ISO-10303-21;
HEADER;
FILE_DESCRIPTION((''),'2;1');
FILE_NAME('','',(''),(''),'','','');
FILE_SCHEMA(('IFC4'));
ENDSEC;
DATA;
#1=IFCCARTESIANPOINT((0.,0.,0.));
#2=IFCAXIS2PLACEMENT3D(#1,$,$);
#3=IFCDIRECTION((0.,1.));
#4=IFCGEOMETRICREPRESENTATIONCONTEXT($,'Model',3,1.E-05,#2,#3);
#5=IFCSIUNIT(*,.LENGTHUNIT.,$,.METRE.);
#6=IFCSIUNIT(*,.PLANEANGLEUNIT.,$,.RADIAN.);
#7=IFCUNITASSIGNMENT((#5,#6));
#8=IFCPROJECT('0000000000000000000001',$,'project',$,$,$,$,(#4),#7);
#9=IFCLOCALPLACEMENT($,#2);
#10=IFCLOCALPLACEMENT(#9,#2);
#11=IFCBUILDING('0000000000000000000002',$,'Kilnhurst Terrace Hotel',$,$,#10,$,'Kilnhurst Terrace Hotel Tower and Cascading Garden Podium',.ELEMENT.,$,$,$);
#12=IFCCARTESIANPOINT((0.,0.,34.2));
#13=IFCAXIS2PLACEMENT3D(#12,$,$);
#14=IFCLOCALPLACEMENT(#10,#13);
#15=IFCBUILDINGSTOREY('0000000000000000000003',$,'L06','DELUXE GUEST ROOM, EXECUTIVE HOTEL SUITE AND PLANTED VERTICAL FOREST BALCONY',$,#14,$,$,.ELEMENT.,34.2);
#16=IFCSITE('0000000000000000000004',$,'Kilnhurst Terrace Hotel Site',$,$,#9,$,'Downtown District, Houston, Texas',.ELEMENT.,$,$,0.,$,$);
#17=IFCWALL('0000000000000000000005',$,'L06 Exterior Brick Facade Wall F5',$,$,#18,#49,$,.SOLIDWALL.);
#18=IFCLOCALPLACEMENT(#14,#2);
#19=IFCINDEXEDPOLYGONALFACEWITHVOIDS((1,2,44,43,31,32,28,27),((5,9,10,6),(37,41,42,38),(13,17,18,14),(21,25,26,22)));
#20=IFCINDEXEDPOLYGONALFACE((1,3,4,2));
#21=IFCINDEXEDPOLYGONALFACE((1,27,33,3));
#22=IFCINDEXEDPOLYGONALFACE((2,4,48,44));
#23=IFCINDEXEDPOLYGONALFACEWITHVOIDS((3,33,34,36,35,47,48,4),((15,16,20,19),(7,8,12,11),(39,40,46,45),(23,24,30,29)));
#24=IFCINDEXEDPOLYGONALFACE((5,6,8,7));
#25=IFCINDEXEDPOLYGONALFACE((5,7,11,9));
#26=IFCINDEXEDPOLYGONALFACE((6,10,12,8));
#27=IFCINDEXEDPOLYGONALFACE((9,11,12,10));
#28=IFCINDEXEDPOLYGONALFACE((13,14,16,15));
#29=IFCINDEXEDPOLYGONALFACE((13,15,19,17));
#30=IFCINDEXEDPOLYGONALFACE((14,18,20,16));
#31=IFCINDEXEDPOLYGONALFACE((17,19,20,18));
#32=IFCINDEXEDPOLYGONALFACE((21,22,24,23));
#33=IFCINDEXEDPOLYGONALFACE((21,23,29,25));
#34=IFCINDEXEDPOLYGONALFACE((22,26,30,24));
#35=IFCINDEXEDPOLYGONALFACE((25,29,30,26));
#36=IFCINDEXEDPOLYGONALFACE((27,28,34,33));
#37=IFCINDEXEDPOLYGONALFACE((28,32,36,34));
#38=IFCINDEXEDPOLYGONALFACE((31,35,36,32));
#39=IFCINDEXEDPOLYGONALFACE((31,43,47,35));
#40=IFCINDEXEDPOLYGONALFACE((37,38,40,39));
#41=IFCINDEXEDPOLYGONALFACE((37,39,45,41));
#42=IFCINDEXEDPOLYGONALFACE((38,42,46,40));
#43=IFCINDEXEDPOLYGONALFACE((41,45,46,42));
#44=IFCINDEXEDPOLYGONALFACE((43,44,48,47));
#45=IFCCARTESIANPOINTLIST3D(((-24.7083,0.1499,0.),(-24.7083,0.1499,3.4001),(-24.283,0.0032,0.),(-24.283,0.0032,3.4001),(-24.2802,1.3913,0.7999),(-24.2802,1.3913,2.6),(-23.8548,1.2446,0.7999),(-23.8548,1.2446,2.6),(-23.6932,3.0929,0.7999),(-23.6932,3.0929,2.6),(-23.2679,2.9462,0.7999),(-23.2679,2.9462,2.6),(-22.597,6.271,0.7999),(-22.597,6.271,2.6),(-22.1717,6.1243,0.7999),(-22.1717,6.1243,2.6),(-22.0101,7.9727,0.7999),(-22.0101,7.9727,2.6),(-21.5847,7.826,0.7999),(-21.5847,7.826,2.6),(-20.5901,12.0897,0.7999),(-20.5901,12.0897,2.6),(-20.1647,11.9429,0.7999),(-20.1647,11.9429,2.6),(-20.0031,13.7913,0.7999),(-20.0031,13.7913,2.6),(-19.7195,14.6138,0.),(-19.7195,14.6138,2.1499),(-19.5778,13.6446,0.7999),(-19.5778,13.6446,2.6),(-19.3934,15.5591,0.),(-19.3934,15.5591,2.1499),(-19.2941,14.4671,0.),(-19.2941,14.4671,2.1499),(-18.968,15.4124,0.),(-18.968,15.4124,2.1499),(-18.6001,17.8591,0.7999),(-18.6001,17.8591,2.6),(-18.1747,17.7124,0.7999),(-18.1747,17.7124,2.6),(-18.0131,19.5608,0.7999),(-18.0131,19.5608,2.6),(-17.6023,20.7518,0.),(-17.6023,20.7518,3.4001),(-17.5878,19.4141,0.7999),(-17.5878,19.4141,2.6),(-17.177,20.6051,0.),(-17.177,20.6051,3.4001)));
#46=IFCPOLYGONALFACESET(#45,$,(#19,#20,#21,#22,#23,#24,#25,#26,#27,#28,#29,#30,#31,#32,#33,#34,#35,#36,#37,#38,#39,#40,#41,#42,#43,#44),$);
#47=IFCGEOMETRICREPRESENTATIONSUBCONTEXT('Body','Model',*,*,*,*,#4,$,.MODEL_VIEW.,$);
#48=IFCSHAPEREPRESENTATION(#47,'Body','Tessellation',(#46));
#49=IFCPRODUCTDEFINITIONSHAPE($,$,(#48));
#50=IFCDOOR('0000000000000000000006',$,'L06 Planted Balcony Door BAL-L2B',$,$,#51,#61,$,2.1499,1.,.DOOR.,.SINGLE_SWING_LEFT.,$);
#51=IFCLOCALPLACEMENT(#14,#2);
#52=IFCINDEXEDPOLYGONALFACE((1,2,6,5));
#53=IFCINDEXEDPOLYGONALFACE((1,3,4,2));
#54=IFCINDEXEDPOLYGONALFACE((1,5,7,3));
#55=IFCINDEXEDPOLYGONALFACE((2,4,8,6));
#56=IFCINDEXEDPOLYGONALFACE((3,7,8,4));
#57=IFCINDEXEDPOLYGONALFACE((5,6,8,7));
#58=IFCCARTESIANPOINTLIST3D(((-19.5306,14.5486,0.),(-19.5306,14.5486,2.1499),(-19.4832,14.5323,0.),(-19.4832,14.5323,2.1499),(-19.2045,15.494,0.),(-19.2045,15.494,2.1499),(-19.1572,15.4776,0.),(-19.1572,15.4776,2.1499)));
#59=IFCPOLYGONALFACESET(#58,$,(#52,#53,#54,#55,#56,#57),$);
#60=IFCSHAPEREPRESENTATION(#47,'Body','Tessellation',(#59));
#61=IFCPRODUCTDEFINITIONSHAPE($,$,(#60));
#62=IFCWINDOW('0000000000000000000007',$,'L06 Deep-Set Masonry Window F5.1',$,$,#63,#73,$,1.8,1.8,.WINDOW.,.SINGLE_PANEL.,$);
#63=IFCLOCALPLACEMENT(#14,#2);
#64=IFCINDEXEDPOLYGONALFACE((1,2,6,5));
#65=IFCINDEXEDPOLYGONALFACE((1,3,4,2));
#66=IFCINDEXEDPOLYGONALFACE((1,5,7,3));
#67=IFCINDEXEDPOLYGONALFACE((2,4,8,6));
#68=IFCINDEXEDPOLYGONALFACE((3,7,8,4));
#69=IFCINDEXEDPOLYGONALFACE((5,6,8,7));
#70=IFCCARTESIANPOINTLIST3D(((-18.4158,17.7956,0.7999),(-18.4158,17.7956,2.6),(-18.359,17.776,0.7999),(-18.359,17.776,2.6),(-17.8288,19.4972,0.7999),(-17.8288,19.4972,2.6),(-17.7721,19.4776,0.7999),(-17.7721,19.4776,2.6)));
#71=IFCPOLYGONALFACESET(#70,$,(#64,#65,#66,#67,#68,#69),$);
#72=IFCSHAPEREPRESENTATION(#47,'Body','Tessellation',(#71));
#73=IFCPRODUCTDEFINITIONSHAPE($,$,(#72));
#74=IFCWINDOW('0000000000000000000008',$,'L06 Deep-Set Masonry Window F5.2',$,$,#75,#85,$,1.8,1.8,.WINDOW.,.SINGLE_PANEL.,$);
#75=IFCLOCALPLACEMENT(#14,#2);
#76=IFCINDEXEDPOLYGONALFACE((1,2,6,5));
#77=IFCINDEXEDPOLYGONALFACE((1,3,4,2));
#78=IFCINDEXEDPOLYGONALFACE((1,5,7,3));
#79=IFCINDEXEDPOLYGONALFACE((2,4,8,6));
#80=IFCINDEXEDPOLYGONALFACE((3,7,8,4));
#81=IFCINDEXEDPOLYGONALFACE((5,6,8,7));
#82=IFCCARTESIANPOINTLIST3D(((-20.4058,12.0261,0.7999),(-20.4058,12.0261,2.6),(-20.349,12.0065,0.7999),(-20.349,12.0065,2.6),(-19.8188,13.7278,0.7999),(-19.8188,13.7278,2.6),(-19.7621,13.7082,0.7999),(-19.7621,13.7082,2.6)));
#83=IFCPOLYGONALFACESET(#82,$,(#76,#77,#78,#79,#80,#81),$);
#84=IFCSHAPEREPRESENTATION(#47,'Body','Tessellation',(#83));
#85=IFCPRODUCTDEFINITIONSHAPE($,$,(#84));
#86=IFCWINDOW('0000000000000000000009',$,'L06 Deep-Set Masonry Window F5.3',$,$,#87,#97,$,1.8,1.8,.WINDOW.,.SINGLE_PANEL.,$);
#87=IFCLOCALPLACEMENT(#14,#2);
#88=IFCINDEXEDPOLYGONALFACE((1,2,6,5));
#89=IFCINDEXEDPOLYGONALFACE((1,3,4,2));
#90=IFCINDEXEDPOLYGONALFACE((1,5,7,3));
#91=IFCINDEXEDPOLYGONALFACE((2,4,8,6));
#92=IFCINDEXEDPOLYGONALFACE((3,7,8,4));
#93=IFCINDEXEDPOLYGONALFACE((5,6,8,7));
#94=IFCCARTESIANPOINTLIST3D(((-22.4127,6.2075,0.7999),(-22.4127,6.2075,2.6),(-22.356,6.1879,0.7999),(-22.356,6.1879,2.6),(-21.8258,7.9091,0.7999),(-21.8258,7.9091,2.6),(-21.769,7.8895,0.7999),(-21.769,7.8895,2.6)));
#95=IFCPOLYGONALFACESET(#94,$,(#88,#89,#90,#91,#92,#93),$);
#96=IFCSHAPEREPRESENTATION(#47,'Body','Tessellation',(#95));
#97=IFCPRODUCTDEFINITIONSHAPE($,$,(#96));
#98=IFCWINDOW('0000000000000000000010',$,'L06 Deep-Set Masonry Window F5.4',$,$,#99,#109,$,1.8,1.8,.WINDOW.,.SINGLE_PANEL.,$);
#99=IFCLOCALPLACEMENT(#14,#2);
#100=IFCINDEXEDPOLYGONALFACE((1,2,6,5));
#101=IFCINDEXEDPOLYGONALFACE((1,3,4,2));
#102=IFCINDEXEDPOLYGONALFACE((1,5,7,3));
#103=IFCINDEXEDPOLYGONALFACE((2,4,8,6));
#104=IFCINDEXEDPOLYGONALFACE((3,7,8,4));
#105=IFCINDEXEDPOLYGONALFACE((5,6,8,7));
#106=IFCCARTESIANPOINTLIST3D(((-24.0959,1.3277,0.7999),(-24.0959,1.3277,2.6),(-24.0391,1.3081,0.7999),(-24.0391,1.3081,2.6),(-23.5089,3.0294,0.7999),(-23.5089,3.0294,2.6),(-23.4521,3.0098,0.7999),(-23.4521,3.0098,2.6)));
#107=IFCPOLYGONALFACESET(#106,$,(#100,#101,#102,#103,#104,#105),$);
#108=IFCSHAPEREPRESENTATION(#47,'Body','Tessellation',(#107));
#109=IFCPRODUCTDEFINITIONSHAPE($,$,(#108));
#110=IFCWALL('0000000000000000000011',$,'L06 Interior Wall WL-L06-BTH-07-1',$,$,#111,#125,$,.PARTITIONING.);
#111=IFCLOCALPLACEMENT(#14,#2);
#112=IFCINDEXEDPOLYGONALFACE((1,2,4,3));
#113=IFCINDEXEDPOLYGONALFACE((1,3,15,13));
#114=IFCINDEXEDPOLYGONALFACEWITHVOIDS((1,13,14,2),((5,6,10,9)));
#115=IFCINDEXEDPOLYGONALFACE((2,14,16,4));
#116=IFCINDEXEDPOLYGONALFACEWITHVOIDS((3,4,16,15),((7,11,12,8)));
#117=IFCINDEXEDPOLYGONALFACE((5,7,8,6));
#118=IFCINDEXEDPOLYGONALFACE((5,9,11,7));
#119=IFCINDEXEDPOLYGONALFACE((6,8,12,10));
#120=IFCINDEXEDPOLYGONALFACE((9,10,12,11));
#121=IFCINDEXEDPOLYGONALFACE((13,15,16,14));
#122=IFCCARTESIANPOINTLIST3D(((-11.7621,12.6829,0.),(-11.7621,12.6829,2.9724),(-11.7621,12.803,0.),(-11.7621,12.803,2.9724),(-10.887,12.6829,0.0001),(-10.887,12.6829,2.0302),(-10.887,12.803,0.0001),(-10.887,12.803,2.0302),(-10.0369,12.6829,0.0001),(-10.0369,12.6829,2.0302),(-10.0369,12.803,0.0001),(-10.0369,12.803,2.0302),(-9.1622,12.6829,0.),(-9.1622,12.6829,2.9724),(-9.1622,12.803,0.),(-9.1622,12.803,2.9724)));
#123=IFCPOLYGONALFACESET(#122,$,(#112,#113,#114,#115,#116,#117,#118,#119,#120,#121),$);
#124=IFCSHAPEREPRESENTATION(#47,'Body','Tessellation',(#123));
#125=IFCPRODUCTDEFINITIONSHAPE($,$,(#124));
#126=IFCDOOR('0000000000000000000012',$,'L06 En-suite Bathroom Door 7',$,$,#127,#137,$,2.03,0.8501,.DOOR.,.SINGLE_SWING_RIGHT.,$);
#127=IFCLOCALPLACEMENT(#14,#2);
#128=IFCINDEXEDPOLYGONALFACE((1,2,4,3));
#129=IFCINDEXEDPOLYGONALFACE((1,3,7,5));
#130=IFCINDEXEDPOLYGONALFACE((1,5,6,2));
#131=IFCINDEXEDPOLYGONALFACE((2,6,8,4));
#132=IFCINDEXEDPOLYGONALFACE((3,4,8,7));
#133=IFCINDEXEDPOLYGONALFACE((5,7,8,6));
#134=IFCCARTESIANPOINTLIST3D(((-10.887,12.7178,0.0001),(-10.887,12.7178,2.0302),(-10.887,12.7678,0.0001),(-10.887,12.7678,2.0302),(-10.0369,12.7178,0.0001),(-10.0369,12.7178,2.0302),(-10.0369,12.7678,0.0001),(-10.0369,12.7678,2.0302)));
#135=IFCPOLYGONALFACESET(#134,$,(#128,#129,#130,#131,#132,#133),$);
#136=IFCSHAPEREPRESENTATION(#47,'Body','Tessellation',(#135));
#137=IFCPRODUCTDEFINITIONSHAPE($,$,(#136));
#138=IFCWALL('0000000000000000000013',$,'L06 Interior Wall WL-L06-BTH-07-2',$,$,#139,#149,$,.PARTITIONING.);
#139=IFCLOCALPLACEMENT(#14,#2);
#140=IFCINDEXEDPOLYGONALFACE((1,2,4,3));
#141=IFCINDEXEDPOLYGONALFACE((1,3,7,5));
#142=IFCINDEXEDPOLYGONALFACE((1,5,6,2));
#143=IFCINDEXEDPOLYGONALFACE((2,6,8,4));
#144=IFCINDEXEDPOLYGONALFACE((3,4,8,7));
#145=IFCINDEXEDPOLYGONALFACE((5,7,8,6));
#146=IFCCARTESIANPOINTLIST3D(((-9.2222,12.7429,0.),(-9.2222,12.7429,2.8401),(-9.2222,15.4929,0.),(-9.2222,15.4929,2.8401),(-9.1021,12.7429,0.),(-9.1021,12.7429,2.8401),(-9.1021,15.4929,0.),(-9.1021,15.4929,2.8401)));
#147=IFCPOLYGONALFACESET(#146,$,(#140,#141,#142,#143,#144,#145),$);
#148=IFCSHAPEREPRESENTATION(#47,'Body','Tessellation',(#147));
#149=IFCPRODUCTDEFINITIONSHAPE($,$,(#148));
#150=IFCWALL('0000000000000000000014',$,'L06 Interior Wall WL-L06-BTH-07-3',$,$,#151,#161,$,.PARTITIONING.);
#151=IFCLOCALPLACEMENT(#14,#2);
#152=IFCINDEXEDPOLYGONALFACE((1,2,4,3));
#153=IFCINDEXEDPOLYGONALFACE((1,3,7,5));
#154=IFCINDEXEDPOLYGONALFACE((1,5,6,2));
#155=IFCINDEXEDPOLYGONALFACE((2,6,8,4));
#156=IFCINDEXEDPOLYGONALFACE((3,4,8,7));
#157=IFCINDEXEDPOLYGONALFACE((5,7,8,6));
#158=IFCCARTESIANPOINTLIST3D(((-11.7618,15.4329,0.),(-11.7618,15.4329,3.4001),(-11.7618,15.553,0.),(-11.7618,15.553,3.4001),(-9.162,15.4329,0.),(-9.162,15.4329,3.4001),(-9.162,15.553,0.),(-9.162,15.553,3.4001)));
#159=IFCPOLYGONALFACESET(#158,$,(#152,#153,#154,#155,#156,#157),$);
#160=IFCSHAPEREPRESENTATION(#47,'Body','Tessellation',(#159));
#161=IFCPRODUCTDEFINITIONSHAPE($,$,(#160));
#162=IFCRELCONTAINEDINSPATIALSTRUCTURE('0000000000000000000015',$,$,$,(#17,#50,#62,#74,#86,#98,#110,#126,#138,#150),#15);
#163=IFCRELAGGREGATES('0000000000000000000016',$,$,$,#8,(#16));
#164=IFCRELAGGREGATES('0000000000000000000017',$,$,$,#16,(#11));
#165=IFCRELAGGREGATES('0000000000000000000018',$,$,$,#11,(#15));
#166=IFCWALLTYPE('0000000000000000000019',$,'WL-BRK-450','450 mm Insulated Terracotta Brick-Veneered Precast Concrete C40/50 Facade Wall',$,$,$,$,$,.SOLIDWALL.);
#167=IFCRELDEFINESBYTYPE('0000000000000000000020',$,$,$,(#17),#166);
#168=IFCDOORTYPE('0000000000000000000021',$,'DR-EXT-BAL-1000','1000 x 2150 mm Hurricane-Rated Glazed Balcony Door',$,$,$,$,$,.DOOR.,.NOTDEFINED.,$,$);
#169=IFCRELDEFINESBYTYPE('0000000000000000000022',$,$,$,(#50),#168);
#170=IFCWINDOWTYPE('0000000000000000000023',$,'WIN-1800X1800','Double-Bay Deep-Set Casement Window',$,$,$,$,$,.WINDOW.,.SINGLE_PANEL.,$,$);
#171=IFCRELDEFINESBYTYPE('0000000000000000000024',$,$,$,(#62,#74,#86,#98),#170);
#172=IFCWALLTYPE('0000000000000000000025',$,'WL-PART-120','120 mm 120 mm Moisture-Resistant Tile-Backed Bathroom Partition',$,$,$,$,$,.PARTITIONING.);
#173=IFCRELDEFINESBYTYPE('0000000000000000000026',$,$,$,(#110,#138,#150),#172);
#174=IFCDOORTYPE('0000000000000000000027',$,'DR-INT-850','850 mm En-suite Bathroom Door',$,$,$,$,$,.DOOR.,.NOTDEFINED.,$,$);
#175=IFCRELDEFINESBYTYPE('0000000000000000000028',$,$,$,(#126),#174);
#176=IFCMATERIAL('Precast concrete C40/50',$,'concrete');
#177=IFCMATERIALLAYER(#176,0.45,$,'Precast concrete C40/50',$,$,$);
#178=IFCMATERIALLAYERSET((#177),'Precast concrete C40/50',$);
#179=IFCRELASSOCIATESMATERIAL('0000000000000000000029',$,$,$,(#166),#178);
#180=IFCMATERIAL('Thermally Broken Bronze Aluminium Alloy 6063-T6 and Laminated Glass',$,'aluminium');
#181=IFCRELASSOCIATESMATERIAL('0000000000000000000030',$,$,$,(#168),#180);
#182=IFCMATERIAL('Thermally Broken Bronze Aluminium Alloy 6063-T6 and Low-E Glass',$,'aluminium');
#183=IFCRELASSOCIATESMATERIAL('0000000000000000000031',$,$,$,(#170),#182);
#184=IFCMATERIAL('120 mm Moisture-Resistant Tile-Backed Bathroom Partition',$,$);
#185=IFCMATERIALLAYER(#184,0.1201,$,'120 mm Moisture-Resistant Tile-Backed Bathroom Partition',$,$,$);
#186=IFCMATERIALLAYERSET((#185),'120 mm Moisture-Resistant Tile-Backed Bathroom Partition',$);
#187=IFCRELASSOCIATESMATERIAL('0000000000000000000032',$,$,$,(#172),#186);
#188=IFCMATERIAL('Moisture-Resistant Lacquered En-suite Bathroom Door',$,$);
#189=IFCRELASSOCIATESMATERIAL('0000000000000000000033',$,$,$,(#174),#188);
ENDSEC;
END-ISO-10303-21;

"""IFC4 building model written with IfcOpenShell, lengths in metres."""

from ifc_helpers import new_model, si_unit, direction, frame, frame_2d, origin, place, context, subcontext, project, spatial, rectangle, extrude, material, layer, layer_set, type_object, element, fill, save


model = new_model("IFC4")

# Units and contexts
model_context = context("Model", 3, precision=1e-05, world=origin(), true_north=direction((0.0, 1.0)))
body_context = subcontext(model_context, "Body", "Model", "MODEL_VIEW")
ifc_project = project(units=[si_unit("LENGTHUNIT", "METRE"), si_unit("PLANEANGLEUNIT", "RADIAN")], contexts=[model_context])

# Site, building, storey
site_placement = place(None, origin())
site = spatial("IfcSite", under=ifc_project, at=site_placement, Name="Kilnhurst Terrace Hotel Site", LongName="Downtown District, Houston, Texas", CompositionType="ELEMENT", RefElevation=0.0)
building_placement = place(site_placement, origin())
building = spatial("IfcBuilding", under=site, at=building_placement, Name="Kilnhurst Terrace Hotel", LongName="Kilnhurst Terrace Hotel Tower and Cascading Garden Podium", CompositionType="ELEMENT")
storey_placement = place(building_placement, frame((0.0, 0.0, 34.2)))
storey = spatial("IfcBuildingStorey", under=building, at=storey_placement, Name="L06", Description="DELUXE GUEST ROOM, EXECUTIVE HOTEL SUITE AND PLANTED VERTICAL FOREST BALCONY", CompositionType="ELEMENT", Elevation=34.2)

# Shared definitions
ifc_material_1 = material(Name="Precast concrete C40/50", Category="concrete")
ifc_layer_1 = layer(ifc_material_1, 0.45, Name="Precast concrete C40/50")
ifc_layer_set_1 = layer_set([ifc_layer_1], Name="Precast concrete C40/50")
wall_type_1 = type_object("IfcWallType", Name="WL-BRK-450", Description="450 mm Insulated Terracotta Brick-Veneered Precast Concrete C40/50 Facade Wall", PredefinedType="SOLIDWALL", material=ifc_layer_set_1)

# Wall, openings, door, windows
wall_1_placement = place(storey_placement, frame((-17.3896, 20.6785, 0.0), z_axis=(0.0, 0.0, 1.0), x_axis=(-0.326068, -0.945346, 0.0)))
wall_1 = element("IfcWall", 1, at=wall_1_placement, inside=storey, type_object=wall_type_1, Name="L06 Exterior Brick Facade Wall F5", PredefinedType="SOLIDWALL", context=body_context, shape_type="SweptSolid", body=[
    extrude(rectangle(XDim=21.793, YDim=0.45, at=frame_2d((10.8965, 0.0))), origin(), (0.0, 0.0, 1.0), 3.4001),
])
opening_1_placement = place(wall_1_placement, frame((5.4929, 0.0, 0.0)))
opening_1 = element("IfcOpeningElement", 2, at=opening_1_placement, cuts=wall_1, PredefinedType="OPENING", context=body_context, shape_type="SweptSolid", body=[
    extrude(rectangle(XDim=1.0, YDim=2.1499, at=frame_2d((0.5, 1.075))), frame((0.0, 0.2349, 0.0), z_axis=(0.0, -1.0, 0.0), x_axis=(1.0, 0.0, 0.0)), (0.0, 0.0, 1.0), 0.47),
])
opening_2_placement = place(wall_1_placement, frame((1.26, 0.0, 0.8)))
opening_2 = element("IfcOpeningElement", 3, at=opening_2_placement, cuts=wall_1, PredefinedType="OPENING", context=body_context, shape_type="SweptSolid", body=[
    extrude(rectangle(XDim=1.8, YDim=1.8, at=frame_2d((0.8999, 0.8999))), frame((0.0, 0.2349, 0.0), z_axis=(0.0, -1.0, 0.0), x_axis=(1.0, 0.0, 0.0)), (0.0, 0.0, 1.0), 0.47),
])
opening_3_placement = place(wall_1_placement, frame((7.363, 0.0, 0.8)))
opening_3 = element("IfcOpeningElement", 4, at=opening_3_placement, cuts=wall_1, PredefinedType="OPENING", context=body_context, shape_type="SweptSolid", body=[
    extrude(rectangle(XDim=1.8, YDim=1.8, at=frame_2d((0.8999, 0.8999))), frame((0.0, 0.2349, 0.0), z_axis=(0.0, -1.0, 0.0), x_axis=(1.0, 0.0, 0.0)), (0.0, 0.0, 1.0), 0.47),
])
opening_4_placement = place(wall_1_placement, frame((13.5181, 0.0, 0.8)))
opening_4 = element("IfcOpeningElement", 5, at=opening_4_placement, cuts=wall_1, PredefinedType="OPENING", context=body_context, shape_type="SweptSolid", body=[
    extrude(rectangle(XDim=1.8, YDim=1.8, at=frame_2d((0.8999, 0.8999))), frame((0.0, 0.2349, 0.0), z_axis=(0.0, -1.0, 0.0), x_axis=(1.0, 0.0, 0.0)), (0.0, 0.0, 1.0), 0.47),
])
opening_5_placement = place(wall_1_placement, frame((18.6799, 0.0, 0.8)))
opening_5 = element("IfcOpeningElement", 6, at=opening_5_placement, cuts=wall_1, PredefinedType="OPENING", context=body_context, shape_type="SweptSolid", body=[
    extrude(rectangle(XDim=1.8, YDim=1.8, at=frame_2d((0.8999, 0.8999))), frame((0.0, 0.2349, 0.0), z_axis=(0.0, -1.0, 0.0), x_axis=(1.0, 0.0, 0.0)), (0.0, 0.0, 1.0), 0.47),
])
ifc_material_2 = material(Name="Thermally Broken Bronze Aluminium Alloy 6063-T6 and Laminated Glass", Category="aluminium")
door_type_1 = type_object("IfcDoorType", Name="DR-EXT-BAL-1000", Description="1000 x 2150 mm Hurricane-Rated Glazed Balcony Door", OperationType="NOTDEFINED", PredefinedType="DOOR", material=ifc_material_2)
door_1_placement = place(opening_1_placement, origin())
door_1 = element("IfcDoor", 7, at=door_1_placement, inside=storey, type_object=door_type_1, Name="L06 Planted Balcony Door BAL-L2B", OperationType="SINGLE_SWING_LEFT", OverallHeight=2.1499, OverallWidth=1.0, PredefinedType="DOOR", context=body_context, shape_type="SweptSolid", body=[
    extrude(rectangle(XDim=1.0, YDim=2.1499, at=frame_2d((0.5, 1.075))), frame((0.0, 0.0249, 0.0), z_axis=(0.0, -1.0, 0.0), x_axis=(1.0, 0.0, 0.0)), (0.0, 0.0, 1.0), 0.05),
])
fill(opening_1, door_1)
ifc_material_3 = material(Name="Thermally Broken Bronze Aluminium Alloy 6063-T6 and Low-E Glass", Category="aluminium")
window_type = type_object("IfcWindowType", Name="WIN-1800X1800", Description="Double-Bay Deep-Set Casement Window", PartitioningType="SINGLE_PANEL", PredefinedType="WINDOW", material=ifc_material_3)
window_1_placement = place(opening_2_placement, origin())
window_1 = element("IfcWindow", 8, at=window_1_placement, inside=storey, type_object=window_type, Name="L06 Deep-Set Masonry Window F5.1", OverallHeight=1.8, OverallWidth=1.8, PartitioningType="SINGLE_PANEL", PredefinedType="WINDOW", context=body_context, shape_type="SweptSolid", body=[
    extrude(rectangle(XDim=1.8, YDim=1.8, at=frame_2d((0.8999, 0.8999))), frame((0.0, 0.03, 0.0), z_axis=(0.0, -1.0, 0.0), x_axis=(1.0, 0.0, 0.0)), (0.0, 0.0, 1.0), 0.0601),
])
fill(opening_2, window_1)
window_2_placement = place(opening_3_placement, origin())
window_2 = element("IfcWindow", 9, at=window_2_placement, inside=storey, type_object=window_type, Name="L06 Deep-Set Masonry Window F5.2", OverallHeight=1.8, OverallWidth=1.8, PartitioningType="SINGLE_PANEL", PredefinedType="WINDOW", context=body_context, shape_type="SweptSolid", body=[
    extrude(rectangle(XDim=1.8, YDim=1.8, at=frame_2d((0.8999, 0.8999))), frame((0.0, 0.03, 0.0), z_axis=(0.0, -1.0, 0.0), x_axis=(1.0, 0.0, 0.0)), (0.0, 0.0, 1.0), 0.0601),
])
fill(opening_3, window_2)
window_3_placement = place(opening_4_placement, origin())
window_3 = element("IfcWindow", 10, at=window_3_placement, inside=storey, type_object=window_type, Name="L06 Deep-Set Masonry Window F5.3", OverallHeight=1.8, OverallWidth=1.8, PartitioningType="SINGLE_PANEL", PredefinedType="WINDOW", context=body_context, shape_type="SweptSolid", body=[
    extrude(rectangle(XDim=1.8, YDim=1.8, at=frame_2d((0.8999, 0.8999))), frame((0.0, 0.03, 0.0), z_axis=(0.0, -1.0, 0.0), x_axis=(1.0, 0.0, 0.0)), (0.0, 0.0, 1.0), 0.0601),
])
fill(opening_4, window_3)
window_4_placement = place(opening_5_placement, origin())
window_4 = element("IfcWindow", 11, at=window_4_placement, inside=storey, type_object=window_type, Name="L06 Deep-Set Masonry Window F5.4", OverallHeight=1.8, OverallWidth=1.8, PartitioningType="SINGLE_PANEL", PredefinedType="WINDOW", context=body_context, shape_type="SweptSolid", body=[
    extrude(rectangle(XDim=1.8, YDim=1.8, at=frame_2d((0.8999, 0.8999))), frame((0.0, 0.03, 0.0), z_axis=(0.0, -1.0, 0.0), x_axis=(1.0, 0.0, 0.0)), (0.0, 0.0, 1.0), 0.0601),
])
fill(opening_5, window_4)

# Wall, opening, door
ifc_material_4 = material(Name="120 mm Moisture-Resistant Tile-Backed Bathroom Partition")
ifc_layer_2 = layer(ifc_material_4, 0.1201, Name="120 mm Moisture-Resistant Tile-Backed Bathroom Partition")
ifc_layer_set_2 = layer_set([ifc_layer_2], Name="120 mm Moisture-Resistant Tile-Backed Bathroom Partition")
wall_type_2 = type_object("IfcWallType", Name="WL-PART-120", Description="120 mm 120 mm Moisture-Resistant Tile-Backed Bathroom Partition", PredefinedType="PARTITIONING", material=ifc_layer_set_2)
wall_2_placement = place(storey_placement, frame((-11.762, 12.7429, 0.0), z_axis=(0.0, 0.0, 1.0), x_axis=(1.0, 0.0, 0.0)))
wall_2 = element("IfcWall", 12, at=wall_2_placement, inside=storey, type_object=wall_type_2, Name="L06 Interior Wall WL-L06-BTH-07-1", PredefinedType="PARTITIONING", context=body_context, shape_type="SweptSolid", body=[
    extrude(rectangle(XDim=2.5999, YDim=0.1201, at=frame_2d((1.2998, 0.0))), origin(), (0.0, 0.0, 1.0), 2.9724),
])
opening_6_placement = place(wall_2_placement, frame((0.875, 0.0, 0.0)))
opening_6 = element("IfcOpeningElement", 13, at=opening_6_placement, cuts=wall_2, PredefinedType="OPENING", context=body_context, shape_type="SweptSolid", body=[
    extrude(rectangle(XDim=0.8501, YDim=2.03, at=frame_2d((0.425, 1.0151))), frame((0.0, 0.0701, 0.0), z_axis=(0.0, -1.0, 0.0), x_axis=(1.0, 0.0, 0.0)), (0.0, 0.0, 1.0), 0.1401),
])
ifc_material_5 = material(Name="Moisture-Resistant Lacquered En-suite Bathroom Door")
door_type_2 = type_object("IfcDoorType", Name="DR-INT-850", Description="850 mm En-suite Bathroom Door", OperationType="NOTDEFINED", PredefinedType="DOOR", material=ifc_material_5)
door_2_placement = place(opening_6_placement, origin())
door_2 = element("IfcDoor", 14, at=door_2_placement, inside=storey, type_object=door_type_2, Name="L06 En-suite Bathroom Door 7", OperationType="SINGLE_SWING_RIGHT", OverallHeight=2.03, OverallWidth=0.8501, PredefinedType="DOOR", context=body_context, shape_type="SweptSolid", body=[
    extrude(rectangle(XDim=0.8501, YDim=2.03, at=frame_2d((0.425, 1.0151))), frame((0.0, 0.0249, 0.0), z_axis=(0.0, -1.0, 0.0), x_axis=(1.0, 0.0, 0.0)), (0.0, 0.0, 1.0), 0.05),
])
fill(opening_6, door_2)

# Walls
wall_3_placement = place(storey_placement, frame((-9.1621, 12.7429, 0.0), z_axis=(0.0, 0.0, 1.0), x_axis=(0.0, 1.0, 0.0)))
element("IfcWall", 15, at=wall_3_placement, inside=storey, type_object=wall_type_2, Name="L06 Interior Wall WL-L06-BTH-07-2", PredefinedType="PARTITIONING", context=body_context, shape_type="SweptSolid", body=[
    extrude(rectangle(XDim=2.75, YDim=0.1201, at=frame_2d((1.375, 0.0))), origin(), (0.0, 0.0, 1.0), 2.8401),
])
wall_4_placement = place(storey_placement, frame((-9.1621, 15.4929, 0.0), z_axis=(0.0, 0.0, 1.0), x_axis=(-1.0, 0.0, 0.0)))
element("IfcWall", 16, at=wall_4_placement, inside=storey, type_object=wall_type_2, Name="L06 Interior Wall WL-L06-BTH-07-3", PredefinedType="PARTITIONING", context=body_context, shape_type="SweptSolid", body=[
    extrude(rectangle(XDim=2.5999, YDim=0.1201, at=frame_2d((1.2998, 0.0))), origin(), (0.0, 0.0, 1.0), 3.4001),
])

save(model, "model.ifc")
